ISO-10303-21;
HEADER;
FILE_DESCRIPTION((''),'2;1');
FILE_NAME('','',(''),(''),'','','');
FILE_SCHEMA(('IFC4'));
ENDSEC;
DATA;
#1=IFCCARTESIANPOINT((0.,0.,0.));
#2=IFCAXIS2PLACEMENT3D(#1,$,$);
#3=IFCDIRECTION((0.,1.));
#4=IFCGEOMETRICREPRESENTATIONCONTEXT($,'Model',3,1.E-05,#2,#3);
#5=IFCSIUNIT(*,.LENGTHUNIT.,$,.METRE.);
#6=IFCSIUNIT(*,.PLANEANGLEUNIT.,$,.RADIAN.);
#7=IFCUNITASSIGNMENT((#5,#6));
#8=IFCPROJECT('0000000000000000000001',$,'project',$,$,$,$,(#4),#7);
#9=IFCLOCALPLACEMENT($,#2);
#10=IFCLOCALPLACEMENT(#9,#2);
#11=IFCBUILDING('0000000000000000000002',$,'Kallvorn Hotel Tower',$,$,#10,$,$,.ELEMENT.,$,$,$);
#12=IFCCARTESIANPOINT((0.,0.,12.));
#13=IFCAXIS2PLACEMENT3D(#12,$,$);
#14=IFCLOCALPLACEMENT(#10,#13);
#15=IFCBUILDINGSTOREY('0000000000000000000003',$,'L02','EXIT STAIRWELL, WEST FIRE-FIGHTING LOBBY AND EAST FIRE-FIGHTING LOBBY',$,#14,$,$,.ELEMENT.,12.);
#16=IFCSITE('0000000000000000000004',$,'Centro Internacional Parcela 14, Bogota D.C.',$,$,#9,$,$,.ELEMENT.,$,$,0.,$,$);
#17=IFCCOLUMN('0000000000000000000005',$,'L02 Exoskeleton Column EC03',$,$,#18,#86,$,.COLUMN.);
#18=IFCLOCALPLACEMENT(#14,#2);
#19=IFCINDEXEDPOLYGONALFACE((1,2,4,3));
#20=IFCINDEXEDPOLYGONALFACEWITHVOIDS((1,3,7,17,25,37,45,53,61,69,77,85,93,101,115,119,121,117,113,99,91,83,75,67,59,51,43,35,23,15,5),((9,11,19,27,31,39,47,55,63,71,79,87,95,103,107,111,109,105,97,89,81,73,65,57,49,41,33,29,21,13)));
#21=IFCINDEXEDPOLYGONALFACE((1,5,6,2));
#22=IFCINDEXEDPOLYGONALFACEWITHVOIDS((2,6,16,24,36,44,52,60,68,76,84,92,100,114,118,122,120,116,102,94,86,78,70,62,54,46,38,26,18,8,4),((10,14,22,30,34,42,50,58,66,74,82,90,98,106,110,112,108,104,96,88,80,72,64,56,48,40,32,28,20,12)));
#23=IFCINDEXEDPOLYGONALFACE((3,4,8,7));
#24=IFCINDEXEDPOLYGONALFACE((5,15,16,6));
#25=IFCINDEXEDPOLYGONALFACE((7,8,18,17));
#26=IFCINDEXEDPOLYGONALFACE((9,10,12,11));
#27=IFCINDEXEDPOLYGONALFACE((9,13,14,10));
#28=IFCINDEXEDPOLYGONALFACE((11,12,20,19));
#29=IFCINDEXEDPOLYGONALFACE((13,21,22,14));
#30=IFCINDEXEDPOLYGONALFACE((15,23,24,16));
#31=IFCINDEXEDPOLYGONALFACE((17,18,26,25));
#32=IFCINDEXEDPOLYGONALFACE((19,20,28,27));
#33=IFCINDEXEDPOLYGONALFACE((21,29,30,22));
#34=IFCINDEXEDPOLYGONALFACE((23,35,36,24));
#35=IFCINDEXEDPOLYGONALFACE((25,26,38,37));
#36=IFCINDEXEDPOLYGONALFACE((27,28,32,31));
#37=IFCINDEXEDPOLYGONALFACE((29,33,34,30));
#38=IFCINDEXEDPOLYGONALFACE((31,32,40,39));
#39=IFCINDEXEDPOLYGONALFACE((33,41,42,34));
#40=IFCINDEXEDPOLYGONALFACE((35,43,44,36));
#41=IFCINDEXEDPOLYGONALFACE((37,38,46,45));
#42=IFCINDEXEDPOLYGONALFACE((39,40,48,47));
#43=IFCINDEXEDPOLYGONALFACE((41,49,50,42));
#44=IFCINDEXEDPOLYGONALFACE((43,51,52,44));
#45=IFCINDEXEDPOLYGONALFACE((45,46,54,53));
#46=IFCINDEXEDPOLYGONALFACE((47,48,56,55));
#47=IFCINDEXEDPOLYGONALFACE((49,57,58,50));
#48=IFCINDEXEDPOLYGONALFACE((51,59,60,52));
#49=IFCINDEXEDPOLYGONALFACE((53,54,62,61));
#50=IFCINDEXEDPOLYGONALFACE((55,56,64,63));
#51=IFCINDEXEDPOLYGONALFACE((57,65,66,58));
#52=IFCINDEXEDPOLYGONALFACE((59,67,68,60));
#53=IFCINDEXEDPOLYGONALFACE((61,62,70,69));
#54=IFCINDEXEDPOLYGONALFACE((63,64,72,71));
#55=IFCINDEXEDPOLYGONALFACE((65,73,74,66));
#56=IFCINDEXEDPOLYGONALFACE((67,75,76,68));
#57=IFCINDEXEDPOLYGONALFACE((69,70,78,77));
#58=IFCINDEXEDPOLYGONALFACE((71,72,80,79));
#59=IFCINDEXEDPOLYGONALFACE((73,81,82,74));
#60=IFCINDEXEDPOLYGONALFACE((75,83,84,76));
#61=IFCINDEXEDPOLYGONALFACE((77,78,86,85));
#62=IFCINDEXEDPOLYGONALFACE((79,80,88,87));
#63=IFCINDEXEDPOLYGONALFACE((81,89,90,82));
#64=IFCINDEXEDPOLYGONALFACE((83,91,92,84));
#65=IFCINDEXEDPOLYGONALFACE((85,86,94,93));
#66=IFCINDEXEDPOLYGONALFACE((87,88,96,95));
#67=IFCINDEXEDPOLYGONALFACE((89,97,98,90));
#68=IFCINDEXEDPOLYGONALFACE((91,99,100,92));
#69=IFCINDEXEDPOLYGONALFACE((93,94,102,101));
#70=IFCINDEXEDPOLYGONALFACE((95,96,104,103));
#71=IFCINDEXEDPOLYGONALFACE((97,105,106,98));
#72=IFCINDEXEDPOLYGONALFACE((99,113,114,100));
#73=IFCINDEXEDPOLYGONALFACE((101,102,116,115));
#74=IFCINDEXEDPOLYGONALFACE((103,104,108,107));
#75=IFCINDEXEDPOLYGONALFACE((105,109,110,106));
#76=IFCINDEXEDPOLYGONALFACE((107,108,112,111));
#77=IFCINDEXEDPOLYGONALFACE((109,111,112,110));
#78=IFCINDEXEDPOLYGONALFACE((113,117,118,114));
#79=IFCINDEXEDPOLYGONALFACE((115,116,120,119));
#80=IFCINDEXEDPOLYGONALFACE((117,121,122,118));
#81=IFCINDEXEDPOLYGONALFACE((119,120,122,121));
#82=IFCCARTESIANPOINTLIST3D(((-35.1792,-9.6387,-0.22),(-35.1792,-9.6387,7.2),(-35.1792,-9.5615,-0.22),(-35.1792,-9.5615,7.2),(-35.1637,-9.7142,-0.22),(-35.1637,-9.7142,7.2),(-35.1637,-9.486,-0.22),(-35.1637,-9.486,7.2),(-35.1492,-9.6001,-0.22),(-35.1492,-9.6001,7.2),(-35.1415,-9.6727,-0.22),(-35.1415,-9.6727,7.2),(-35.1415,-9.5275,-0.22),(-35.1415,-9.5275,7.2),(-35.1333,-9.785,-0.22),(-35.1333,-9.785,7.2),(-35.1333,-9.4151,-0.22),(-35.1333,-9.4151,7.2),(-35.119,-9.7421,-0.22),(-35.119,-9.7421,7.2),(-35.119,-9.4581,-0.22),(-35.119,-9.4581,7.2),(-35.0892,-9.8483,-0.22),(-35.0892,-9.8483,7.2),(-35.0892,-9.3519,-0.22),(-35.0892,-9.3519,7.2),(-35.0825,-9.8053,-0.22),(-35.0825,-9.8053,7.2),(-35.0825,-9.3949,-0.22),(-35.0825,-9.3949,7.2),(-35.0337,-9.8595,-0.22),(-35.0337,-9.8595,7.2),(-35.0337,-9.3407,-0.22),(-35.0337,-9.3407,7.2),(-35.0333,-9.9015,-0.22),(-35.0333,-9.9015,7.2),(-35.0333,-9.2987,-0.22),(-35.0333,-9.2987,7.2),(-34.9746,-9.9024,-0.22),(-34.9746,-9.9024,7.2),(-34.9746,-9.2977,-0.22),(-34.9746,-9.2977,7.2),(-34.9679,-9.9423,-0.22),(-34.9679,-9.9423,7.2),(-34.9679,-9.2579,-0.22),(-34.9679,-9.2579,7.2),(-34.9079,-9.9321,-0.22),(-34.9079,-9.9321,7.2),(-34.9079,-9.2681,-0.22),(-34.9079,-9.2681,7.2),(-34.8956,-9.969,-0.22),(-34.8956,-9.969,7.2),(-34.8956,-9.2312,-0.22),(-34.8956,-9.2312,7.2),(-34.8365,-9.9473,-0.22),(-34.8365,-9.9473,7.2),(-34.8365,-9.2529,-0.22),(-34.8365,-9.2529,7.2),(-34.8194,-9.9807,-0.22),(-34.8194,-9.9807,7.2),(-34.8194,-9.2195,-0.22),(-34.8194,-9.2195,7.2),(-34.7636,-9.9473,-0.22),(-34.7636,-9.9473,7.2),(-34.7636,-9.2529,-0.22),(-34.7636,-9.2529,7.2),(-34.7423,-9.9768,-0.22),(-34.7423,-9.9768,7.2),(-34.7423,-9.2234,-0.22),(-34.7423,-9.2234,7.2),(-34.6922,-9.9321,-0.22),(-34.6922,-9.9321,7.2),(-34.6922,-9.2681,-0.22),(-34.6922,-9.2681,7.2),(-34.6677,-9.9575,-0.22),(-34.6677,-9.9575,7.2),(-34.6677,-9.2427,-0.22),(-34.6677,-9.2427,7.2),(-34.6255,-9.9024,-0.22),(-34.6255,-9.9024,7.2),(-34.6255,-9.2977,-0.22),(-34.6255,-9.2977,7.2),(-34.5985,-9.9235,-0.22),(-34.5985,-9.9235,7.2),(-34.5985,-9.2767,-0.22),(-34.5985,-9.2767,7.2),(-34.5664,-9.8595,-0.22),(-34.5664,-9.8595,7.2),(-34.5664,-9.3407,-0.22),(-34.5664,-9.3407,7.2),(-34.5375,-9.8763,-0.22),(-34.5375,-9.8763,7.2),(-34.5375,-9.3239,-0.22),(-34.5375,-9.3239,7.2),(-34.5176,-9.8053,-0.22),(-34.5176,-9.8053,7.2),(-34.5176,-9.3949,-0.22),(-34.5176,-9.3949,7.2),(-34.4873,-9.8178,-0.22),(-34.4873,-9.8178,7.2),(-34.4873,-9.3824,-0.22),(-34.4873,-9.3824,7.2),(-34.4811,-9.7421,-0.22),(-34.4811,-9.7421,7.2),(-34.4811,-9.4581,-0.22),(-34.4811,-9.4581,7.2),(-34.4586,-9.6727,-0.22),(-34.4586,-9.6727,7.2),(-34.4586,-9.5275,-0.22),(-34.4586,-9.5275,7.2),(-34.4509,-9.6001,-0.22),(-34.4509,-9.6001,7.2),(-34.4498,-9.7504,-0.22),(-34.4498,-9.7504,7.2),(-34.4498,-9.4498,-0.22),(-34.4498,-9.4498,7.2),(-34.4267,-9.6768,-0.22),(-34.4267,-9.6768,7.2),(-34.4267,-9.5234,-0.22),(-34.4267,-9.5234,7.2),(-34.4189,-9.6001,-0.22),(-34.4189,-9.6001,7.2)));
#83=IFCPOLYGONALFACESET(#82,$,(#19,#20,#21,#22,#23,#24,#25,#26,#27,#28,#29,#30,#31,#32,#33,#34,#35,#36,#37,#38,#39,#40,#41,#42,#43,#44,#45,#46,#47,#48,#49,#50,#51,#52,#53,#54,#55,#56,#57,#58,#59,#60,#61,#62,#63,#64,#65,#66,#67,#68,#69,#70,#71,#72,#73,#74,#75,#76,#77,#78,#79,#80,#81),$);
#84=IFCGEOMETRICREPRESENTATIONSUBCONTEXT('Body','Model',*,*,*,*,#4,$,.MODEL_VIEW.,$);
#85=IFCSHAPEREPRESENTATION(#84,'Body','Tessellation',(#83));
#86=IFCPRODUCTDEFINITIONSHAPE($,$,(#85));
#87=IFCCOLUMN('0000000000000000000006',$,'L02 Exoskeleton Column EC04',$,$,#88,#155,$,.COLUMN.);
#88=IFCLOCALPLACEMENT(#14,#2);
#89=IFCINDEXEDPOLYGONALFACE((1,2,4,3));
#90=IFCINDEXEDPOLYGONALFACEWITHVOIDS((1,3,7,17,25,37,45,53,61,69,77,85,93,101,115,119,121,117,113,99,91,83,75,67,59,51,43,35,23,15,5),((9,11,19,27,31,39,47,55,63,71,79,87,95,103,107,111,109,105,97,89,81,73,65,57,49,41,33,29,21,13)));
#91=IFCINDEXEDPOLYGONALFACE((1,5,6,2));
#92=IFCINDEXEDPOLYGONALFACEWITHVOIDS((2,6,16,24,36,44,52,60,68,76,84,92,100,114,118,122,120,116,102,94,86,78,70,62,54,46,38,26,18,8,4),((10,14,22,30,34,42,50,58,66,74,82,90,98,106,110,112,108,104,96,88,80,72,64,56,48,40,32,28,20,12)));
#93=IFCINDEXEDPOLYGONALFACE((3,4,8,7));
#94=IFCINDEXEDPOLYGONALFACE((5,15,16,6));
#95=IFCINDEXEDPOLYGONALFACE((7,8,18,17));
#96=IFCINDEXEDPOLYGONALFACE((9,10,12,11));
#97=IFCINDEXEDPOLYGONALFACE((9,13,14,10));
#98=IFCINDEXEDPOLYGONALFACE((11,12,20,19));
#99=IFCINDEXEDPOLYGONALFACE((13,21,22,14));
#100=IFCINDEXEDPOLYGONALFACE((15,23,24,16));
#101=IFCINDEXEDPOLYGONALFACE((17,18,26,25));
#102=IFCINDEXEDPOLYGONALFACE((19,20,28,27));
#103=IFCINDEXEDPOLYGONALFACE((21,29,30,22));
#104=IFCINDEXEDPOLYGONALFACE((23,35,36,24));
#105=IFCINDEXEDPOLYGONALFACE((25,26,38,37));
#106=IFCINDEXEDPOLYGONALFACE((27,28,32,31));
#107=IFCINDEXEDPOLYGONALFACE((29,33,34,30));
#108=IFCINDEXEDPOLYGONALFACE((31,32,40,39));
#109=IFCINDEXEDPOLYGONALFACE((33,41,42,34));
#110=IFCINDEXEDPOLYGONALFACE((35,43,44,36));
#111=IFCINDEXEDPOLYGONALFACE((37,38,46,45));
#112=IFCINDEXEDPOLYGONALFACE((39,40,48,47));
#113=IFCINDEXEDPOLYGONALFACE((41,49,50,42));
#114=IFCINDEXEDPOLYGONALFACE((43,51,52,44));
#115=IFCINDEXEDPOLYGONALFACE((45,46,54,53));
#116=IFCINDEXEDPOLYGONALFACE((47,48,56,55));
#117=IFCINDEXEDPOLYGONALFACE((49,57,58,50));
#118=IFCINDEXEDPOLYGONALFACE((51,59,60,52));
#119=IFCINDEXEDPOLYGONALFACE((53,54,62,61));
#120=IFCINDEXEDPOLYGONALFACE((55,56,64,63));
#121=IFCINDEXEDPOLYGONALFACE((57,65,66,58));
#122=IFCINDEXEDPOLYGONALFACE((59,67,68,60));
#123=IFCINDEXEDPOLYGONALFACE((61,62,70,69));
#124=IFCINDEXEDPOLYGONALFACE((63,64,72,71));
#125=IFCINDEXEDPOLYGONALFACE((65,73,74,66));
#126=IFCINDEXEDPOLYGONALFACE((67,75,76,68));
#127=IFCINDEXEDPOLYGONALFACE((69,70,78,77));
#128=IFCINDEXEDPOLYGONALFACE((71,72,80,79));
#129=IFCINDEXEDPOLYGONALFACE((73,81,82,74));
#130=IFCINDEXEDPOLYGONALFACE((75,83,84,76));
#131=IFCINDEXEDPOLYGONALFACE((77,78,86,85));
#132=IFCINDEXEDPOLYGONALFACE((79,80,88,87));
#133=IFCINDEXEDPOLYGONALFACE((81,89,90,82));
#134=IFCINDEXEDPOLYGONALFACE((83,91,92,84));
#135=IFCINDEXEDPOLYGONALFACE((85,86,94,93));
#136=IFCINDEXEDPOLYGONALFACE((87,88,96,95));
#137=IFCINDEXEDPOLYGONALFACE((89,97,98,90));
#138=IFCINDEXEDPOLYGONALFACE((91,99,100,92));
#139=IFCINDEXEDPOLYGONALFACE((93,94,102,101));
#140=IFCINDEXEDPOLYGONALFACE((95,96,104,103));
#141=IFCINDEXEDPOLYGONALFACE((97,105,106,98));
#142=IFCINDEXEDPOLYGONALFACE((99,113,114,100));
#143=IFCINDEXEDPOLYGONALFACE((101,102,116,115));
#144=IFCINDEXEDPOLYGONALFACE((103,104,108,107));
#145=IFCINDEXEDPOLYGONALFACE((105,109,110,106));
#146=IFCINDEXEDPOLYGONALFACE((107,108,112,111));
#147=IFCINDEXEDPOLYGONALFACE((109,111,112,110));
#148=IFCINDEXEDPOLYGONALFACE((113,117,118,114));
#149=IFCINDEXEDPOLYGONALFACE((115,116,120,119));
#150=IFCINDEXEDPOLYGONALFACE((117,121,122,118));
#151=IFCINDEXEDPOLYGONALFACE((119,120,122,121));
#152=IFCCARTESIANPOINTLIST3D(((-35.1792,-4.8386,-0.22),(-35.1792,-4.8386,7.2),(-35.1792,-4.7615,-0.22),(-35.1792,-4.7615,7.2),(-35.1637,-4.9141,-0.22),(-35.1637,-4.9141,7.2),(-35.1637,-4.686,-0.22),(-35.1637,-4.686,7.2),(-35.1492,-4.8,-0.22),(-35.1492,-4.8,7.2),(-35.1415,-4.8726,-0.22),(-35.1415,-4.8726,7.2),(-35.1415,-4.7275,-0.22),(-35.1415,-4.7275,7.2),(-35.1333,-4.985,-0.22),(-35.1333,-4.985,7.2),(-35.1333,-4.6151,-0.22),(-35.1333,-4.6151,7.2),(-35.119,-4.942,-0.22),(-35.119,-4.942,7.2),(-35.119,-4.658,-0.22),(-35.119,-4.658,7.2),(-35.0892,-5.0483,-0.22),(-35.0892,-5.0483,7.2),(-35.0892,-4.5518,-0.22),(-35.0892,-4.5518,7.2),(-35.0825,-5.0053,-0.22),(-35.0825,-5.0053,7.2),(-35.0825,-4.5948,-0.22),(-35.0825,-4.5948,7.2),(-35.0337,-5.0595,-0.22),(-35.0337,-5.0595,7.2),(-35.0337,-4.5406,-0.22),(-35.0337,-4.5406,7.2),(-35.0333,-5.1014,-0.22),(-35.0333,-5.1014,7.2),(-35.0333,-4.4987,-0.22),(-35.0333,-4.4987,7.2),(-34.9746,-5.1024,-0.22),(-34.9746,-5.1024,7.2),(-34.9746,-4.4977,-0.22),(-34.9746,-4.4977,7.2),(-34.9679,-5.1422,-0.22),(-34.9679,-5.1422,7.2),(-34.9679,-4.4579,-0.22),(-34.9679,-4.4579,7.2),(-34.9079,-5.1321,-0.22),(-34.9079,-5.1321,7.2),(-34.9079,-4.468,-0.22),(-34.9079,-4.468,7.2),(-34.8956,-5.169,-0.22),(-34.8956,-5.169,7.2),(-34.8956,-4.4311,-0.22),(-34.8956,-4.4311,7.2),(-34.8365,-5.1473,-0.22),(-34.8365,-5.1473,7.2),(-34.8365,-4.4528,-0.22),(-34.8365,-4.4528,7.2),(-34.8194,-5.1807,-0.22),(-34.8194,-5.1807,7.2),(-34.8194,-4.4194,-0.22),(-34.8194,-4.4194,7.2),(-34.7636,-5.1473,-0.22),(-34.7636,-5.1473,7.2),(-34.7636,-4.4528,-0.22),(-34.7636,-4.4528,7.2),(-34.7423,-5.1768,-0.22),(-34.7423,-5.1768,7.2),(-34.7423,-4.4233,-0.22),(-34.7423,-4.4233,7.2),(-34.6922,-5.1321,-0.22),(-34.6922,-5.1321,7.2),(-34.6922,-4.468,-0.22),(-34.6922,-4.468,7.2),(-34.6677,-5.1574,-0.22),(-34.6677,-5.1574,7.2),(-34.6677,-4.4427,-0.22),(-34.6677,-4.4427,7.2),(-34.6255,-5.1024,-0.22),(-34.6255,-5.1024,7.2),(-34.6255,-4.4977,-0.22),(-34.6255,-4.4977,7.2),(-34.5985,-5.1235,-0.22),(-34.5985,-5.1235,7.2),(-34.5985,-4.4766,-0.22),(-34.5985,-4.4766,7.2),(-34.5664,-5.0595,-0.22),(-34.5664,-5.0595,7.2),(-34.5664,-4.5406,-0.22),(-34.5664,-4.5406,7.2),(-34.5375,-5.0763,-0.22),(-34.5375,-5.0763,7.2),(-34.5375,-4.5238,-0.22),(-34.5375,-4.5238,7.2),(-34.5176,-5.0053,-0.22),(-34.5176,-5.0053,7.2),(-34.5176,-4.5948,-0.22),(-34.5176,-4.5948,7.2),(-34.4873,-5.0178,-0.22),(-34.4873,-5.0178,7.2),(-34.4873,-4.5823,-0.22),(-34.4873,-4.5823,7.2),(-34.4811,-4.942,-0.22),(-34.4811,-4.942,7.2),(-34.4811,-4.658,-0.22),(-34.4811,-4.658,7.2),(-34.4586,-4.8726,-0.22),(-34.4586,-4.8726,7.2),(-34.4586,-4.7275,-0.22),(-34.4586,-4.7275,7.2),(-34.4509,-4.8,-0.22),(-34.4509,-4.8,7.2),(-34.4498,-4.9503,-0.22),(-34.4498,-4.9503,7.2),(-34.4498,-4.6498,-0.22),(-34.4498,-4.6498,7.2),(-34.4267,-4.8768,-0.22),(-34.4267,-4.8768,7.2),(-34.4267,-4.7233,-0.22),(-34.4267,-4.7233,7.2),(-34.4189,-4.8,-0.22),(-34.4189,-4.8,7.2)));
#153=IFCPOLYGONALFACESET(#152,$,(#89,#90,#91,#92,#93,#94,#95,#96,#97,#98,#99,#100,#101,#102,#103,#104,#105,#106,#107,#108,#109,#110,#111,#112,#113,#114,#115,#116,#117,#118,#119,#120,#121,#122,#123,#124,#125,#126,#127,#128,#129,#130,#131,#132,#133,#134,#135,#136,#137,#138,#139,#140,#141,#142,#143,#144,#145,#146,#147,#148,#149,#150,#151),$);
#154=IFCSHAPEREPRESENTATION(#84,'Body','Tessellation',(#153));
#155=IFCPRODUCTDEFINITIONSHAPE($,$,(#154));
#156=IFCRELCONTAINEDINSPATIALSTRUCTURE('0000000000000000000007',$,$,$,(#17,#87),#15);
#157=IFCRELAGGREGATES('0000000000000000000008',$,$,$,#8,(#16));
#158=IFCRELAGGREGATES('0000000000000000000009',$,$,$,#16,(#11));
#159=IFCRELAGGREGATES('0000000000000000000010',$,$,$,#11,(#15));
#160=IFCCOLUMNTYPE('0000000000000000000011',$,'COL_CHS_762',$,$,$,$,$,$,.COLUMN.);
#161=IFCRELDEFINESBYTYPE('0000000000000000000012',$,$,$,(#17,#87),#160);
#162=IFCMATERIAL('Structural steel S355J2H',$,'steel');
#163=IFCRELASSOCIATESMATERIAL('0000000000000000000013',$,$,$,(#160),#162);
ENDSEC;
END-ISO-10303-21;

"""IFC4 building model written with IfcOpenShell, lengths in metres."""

from ifc_helpers import new_model, si_unit, direction, frame, origin, origin_2d, place, context, subcontext, project, spatial, hollow_circle, extrude, material, material_profile, profile_set, type_object, element, save


model = new_model("IFC4")

# Units and contexts
model_context = context("Model", 3, precision=1e-05, world=origin(), true_north=direction((0.0, 1.0)))
body_context = subcontext(model_context, "Body", "Model", "MODEL_VIEW")
ifc_project = project(units=[si_unit("LENGTHUNIT", "METRE"), si_unit("PLANEANGLEUNIT", "RADIAN")], contexts=[model_context])

# Site, building, storey
site_placement = place(None, origin())
site = spatial("IfcSite", under=ifc_project, at=site_placement, Name="Centro Internacional Parcela 14, Bogota D.C.", CompositionType="ELEMENT", RefElevation=0.0)
building_placement = place(site_placement, origin())
building = spatial("IfcBuilding", under=site, at=building_placement, Name="Kallvorn Hotel Tower", CompositionType="ELEMENT")
storey_placement = place(building_placement, frame((0.0, 0.0, 12.0)))
storey = spatial("IfcBuildingStorey", under=building, at=storey_placement, Name="L02", Description="EXIT STAIRWELL, WEST FIRE-FIGHTING LOBBY AND EAST FIRE-FIGHTING LOBBY", CompositionType="ELEMENT", Elevation=12.0)

# Columns
ifc_material_1 = material(Name="Structural steel S355J2H", Category="steel")
ifc_material_profile_1 = material_profile(ifc_material_1, hollow_circle(Radius=0.3811, WallThickness=0.032, at=origin_2d()), Name="CHS 762x32")
ifc_profile_set_1 = profile_set([ifc_material_profile_1], Name="Structural steel S355J2H")
column_type = type_object("IfcColumnType", Name="COL_CHS_762", PredefinedType="COLUMN", material=ifc_profile_set_1)
for number, where, z_axis, x_axis, name in (
    (1, (-34.8, -9.6001, -0.22), (0.0, 0.0, 1.0), (1.0, 0.0, 0.0), "L02 Exoskeleton Column EC03"),
    (2, (-34.8, -4.8, -0.22), (0.0, 0.0, 1.0), (1.0, 0.0, 0.0), "L02 Exoskeleton Column EC04"),
):
    element("IfcColumn", number, at=place(storey_placement, frame(where, z_axis=z_axis, x_axis=x_axis)), inside=storey, type_object=column_type, Name=name, PredefinedType="COLUMN", context=body_context, shape_type="SweptSolid", body=[
        extrude(hollow_circle(Radius=0.3811, WallThickness=0.032, at=origin_2d()), origin(), (0.0, 0.0, 1.0), 7.4199),
    ])

save(model, "model.ifc")
